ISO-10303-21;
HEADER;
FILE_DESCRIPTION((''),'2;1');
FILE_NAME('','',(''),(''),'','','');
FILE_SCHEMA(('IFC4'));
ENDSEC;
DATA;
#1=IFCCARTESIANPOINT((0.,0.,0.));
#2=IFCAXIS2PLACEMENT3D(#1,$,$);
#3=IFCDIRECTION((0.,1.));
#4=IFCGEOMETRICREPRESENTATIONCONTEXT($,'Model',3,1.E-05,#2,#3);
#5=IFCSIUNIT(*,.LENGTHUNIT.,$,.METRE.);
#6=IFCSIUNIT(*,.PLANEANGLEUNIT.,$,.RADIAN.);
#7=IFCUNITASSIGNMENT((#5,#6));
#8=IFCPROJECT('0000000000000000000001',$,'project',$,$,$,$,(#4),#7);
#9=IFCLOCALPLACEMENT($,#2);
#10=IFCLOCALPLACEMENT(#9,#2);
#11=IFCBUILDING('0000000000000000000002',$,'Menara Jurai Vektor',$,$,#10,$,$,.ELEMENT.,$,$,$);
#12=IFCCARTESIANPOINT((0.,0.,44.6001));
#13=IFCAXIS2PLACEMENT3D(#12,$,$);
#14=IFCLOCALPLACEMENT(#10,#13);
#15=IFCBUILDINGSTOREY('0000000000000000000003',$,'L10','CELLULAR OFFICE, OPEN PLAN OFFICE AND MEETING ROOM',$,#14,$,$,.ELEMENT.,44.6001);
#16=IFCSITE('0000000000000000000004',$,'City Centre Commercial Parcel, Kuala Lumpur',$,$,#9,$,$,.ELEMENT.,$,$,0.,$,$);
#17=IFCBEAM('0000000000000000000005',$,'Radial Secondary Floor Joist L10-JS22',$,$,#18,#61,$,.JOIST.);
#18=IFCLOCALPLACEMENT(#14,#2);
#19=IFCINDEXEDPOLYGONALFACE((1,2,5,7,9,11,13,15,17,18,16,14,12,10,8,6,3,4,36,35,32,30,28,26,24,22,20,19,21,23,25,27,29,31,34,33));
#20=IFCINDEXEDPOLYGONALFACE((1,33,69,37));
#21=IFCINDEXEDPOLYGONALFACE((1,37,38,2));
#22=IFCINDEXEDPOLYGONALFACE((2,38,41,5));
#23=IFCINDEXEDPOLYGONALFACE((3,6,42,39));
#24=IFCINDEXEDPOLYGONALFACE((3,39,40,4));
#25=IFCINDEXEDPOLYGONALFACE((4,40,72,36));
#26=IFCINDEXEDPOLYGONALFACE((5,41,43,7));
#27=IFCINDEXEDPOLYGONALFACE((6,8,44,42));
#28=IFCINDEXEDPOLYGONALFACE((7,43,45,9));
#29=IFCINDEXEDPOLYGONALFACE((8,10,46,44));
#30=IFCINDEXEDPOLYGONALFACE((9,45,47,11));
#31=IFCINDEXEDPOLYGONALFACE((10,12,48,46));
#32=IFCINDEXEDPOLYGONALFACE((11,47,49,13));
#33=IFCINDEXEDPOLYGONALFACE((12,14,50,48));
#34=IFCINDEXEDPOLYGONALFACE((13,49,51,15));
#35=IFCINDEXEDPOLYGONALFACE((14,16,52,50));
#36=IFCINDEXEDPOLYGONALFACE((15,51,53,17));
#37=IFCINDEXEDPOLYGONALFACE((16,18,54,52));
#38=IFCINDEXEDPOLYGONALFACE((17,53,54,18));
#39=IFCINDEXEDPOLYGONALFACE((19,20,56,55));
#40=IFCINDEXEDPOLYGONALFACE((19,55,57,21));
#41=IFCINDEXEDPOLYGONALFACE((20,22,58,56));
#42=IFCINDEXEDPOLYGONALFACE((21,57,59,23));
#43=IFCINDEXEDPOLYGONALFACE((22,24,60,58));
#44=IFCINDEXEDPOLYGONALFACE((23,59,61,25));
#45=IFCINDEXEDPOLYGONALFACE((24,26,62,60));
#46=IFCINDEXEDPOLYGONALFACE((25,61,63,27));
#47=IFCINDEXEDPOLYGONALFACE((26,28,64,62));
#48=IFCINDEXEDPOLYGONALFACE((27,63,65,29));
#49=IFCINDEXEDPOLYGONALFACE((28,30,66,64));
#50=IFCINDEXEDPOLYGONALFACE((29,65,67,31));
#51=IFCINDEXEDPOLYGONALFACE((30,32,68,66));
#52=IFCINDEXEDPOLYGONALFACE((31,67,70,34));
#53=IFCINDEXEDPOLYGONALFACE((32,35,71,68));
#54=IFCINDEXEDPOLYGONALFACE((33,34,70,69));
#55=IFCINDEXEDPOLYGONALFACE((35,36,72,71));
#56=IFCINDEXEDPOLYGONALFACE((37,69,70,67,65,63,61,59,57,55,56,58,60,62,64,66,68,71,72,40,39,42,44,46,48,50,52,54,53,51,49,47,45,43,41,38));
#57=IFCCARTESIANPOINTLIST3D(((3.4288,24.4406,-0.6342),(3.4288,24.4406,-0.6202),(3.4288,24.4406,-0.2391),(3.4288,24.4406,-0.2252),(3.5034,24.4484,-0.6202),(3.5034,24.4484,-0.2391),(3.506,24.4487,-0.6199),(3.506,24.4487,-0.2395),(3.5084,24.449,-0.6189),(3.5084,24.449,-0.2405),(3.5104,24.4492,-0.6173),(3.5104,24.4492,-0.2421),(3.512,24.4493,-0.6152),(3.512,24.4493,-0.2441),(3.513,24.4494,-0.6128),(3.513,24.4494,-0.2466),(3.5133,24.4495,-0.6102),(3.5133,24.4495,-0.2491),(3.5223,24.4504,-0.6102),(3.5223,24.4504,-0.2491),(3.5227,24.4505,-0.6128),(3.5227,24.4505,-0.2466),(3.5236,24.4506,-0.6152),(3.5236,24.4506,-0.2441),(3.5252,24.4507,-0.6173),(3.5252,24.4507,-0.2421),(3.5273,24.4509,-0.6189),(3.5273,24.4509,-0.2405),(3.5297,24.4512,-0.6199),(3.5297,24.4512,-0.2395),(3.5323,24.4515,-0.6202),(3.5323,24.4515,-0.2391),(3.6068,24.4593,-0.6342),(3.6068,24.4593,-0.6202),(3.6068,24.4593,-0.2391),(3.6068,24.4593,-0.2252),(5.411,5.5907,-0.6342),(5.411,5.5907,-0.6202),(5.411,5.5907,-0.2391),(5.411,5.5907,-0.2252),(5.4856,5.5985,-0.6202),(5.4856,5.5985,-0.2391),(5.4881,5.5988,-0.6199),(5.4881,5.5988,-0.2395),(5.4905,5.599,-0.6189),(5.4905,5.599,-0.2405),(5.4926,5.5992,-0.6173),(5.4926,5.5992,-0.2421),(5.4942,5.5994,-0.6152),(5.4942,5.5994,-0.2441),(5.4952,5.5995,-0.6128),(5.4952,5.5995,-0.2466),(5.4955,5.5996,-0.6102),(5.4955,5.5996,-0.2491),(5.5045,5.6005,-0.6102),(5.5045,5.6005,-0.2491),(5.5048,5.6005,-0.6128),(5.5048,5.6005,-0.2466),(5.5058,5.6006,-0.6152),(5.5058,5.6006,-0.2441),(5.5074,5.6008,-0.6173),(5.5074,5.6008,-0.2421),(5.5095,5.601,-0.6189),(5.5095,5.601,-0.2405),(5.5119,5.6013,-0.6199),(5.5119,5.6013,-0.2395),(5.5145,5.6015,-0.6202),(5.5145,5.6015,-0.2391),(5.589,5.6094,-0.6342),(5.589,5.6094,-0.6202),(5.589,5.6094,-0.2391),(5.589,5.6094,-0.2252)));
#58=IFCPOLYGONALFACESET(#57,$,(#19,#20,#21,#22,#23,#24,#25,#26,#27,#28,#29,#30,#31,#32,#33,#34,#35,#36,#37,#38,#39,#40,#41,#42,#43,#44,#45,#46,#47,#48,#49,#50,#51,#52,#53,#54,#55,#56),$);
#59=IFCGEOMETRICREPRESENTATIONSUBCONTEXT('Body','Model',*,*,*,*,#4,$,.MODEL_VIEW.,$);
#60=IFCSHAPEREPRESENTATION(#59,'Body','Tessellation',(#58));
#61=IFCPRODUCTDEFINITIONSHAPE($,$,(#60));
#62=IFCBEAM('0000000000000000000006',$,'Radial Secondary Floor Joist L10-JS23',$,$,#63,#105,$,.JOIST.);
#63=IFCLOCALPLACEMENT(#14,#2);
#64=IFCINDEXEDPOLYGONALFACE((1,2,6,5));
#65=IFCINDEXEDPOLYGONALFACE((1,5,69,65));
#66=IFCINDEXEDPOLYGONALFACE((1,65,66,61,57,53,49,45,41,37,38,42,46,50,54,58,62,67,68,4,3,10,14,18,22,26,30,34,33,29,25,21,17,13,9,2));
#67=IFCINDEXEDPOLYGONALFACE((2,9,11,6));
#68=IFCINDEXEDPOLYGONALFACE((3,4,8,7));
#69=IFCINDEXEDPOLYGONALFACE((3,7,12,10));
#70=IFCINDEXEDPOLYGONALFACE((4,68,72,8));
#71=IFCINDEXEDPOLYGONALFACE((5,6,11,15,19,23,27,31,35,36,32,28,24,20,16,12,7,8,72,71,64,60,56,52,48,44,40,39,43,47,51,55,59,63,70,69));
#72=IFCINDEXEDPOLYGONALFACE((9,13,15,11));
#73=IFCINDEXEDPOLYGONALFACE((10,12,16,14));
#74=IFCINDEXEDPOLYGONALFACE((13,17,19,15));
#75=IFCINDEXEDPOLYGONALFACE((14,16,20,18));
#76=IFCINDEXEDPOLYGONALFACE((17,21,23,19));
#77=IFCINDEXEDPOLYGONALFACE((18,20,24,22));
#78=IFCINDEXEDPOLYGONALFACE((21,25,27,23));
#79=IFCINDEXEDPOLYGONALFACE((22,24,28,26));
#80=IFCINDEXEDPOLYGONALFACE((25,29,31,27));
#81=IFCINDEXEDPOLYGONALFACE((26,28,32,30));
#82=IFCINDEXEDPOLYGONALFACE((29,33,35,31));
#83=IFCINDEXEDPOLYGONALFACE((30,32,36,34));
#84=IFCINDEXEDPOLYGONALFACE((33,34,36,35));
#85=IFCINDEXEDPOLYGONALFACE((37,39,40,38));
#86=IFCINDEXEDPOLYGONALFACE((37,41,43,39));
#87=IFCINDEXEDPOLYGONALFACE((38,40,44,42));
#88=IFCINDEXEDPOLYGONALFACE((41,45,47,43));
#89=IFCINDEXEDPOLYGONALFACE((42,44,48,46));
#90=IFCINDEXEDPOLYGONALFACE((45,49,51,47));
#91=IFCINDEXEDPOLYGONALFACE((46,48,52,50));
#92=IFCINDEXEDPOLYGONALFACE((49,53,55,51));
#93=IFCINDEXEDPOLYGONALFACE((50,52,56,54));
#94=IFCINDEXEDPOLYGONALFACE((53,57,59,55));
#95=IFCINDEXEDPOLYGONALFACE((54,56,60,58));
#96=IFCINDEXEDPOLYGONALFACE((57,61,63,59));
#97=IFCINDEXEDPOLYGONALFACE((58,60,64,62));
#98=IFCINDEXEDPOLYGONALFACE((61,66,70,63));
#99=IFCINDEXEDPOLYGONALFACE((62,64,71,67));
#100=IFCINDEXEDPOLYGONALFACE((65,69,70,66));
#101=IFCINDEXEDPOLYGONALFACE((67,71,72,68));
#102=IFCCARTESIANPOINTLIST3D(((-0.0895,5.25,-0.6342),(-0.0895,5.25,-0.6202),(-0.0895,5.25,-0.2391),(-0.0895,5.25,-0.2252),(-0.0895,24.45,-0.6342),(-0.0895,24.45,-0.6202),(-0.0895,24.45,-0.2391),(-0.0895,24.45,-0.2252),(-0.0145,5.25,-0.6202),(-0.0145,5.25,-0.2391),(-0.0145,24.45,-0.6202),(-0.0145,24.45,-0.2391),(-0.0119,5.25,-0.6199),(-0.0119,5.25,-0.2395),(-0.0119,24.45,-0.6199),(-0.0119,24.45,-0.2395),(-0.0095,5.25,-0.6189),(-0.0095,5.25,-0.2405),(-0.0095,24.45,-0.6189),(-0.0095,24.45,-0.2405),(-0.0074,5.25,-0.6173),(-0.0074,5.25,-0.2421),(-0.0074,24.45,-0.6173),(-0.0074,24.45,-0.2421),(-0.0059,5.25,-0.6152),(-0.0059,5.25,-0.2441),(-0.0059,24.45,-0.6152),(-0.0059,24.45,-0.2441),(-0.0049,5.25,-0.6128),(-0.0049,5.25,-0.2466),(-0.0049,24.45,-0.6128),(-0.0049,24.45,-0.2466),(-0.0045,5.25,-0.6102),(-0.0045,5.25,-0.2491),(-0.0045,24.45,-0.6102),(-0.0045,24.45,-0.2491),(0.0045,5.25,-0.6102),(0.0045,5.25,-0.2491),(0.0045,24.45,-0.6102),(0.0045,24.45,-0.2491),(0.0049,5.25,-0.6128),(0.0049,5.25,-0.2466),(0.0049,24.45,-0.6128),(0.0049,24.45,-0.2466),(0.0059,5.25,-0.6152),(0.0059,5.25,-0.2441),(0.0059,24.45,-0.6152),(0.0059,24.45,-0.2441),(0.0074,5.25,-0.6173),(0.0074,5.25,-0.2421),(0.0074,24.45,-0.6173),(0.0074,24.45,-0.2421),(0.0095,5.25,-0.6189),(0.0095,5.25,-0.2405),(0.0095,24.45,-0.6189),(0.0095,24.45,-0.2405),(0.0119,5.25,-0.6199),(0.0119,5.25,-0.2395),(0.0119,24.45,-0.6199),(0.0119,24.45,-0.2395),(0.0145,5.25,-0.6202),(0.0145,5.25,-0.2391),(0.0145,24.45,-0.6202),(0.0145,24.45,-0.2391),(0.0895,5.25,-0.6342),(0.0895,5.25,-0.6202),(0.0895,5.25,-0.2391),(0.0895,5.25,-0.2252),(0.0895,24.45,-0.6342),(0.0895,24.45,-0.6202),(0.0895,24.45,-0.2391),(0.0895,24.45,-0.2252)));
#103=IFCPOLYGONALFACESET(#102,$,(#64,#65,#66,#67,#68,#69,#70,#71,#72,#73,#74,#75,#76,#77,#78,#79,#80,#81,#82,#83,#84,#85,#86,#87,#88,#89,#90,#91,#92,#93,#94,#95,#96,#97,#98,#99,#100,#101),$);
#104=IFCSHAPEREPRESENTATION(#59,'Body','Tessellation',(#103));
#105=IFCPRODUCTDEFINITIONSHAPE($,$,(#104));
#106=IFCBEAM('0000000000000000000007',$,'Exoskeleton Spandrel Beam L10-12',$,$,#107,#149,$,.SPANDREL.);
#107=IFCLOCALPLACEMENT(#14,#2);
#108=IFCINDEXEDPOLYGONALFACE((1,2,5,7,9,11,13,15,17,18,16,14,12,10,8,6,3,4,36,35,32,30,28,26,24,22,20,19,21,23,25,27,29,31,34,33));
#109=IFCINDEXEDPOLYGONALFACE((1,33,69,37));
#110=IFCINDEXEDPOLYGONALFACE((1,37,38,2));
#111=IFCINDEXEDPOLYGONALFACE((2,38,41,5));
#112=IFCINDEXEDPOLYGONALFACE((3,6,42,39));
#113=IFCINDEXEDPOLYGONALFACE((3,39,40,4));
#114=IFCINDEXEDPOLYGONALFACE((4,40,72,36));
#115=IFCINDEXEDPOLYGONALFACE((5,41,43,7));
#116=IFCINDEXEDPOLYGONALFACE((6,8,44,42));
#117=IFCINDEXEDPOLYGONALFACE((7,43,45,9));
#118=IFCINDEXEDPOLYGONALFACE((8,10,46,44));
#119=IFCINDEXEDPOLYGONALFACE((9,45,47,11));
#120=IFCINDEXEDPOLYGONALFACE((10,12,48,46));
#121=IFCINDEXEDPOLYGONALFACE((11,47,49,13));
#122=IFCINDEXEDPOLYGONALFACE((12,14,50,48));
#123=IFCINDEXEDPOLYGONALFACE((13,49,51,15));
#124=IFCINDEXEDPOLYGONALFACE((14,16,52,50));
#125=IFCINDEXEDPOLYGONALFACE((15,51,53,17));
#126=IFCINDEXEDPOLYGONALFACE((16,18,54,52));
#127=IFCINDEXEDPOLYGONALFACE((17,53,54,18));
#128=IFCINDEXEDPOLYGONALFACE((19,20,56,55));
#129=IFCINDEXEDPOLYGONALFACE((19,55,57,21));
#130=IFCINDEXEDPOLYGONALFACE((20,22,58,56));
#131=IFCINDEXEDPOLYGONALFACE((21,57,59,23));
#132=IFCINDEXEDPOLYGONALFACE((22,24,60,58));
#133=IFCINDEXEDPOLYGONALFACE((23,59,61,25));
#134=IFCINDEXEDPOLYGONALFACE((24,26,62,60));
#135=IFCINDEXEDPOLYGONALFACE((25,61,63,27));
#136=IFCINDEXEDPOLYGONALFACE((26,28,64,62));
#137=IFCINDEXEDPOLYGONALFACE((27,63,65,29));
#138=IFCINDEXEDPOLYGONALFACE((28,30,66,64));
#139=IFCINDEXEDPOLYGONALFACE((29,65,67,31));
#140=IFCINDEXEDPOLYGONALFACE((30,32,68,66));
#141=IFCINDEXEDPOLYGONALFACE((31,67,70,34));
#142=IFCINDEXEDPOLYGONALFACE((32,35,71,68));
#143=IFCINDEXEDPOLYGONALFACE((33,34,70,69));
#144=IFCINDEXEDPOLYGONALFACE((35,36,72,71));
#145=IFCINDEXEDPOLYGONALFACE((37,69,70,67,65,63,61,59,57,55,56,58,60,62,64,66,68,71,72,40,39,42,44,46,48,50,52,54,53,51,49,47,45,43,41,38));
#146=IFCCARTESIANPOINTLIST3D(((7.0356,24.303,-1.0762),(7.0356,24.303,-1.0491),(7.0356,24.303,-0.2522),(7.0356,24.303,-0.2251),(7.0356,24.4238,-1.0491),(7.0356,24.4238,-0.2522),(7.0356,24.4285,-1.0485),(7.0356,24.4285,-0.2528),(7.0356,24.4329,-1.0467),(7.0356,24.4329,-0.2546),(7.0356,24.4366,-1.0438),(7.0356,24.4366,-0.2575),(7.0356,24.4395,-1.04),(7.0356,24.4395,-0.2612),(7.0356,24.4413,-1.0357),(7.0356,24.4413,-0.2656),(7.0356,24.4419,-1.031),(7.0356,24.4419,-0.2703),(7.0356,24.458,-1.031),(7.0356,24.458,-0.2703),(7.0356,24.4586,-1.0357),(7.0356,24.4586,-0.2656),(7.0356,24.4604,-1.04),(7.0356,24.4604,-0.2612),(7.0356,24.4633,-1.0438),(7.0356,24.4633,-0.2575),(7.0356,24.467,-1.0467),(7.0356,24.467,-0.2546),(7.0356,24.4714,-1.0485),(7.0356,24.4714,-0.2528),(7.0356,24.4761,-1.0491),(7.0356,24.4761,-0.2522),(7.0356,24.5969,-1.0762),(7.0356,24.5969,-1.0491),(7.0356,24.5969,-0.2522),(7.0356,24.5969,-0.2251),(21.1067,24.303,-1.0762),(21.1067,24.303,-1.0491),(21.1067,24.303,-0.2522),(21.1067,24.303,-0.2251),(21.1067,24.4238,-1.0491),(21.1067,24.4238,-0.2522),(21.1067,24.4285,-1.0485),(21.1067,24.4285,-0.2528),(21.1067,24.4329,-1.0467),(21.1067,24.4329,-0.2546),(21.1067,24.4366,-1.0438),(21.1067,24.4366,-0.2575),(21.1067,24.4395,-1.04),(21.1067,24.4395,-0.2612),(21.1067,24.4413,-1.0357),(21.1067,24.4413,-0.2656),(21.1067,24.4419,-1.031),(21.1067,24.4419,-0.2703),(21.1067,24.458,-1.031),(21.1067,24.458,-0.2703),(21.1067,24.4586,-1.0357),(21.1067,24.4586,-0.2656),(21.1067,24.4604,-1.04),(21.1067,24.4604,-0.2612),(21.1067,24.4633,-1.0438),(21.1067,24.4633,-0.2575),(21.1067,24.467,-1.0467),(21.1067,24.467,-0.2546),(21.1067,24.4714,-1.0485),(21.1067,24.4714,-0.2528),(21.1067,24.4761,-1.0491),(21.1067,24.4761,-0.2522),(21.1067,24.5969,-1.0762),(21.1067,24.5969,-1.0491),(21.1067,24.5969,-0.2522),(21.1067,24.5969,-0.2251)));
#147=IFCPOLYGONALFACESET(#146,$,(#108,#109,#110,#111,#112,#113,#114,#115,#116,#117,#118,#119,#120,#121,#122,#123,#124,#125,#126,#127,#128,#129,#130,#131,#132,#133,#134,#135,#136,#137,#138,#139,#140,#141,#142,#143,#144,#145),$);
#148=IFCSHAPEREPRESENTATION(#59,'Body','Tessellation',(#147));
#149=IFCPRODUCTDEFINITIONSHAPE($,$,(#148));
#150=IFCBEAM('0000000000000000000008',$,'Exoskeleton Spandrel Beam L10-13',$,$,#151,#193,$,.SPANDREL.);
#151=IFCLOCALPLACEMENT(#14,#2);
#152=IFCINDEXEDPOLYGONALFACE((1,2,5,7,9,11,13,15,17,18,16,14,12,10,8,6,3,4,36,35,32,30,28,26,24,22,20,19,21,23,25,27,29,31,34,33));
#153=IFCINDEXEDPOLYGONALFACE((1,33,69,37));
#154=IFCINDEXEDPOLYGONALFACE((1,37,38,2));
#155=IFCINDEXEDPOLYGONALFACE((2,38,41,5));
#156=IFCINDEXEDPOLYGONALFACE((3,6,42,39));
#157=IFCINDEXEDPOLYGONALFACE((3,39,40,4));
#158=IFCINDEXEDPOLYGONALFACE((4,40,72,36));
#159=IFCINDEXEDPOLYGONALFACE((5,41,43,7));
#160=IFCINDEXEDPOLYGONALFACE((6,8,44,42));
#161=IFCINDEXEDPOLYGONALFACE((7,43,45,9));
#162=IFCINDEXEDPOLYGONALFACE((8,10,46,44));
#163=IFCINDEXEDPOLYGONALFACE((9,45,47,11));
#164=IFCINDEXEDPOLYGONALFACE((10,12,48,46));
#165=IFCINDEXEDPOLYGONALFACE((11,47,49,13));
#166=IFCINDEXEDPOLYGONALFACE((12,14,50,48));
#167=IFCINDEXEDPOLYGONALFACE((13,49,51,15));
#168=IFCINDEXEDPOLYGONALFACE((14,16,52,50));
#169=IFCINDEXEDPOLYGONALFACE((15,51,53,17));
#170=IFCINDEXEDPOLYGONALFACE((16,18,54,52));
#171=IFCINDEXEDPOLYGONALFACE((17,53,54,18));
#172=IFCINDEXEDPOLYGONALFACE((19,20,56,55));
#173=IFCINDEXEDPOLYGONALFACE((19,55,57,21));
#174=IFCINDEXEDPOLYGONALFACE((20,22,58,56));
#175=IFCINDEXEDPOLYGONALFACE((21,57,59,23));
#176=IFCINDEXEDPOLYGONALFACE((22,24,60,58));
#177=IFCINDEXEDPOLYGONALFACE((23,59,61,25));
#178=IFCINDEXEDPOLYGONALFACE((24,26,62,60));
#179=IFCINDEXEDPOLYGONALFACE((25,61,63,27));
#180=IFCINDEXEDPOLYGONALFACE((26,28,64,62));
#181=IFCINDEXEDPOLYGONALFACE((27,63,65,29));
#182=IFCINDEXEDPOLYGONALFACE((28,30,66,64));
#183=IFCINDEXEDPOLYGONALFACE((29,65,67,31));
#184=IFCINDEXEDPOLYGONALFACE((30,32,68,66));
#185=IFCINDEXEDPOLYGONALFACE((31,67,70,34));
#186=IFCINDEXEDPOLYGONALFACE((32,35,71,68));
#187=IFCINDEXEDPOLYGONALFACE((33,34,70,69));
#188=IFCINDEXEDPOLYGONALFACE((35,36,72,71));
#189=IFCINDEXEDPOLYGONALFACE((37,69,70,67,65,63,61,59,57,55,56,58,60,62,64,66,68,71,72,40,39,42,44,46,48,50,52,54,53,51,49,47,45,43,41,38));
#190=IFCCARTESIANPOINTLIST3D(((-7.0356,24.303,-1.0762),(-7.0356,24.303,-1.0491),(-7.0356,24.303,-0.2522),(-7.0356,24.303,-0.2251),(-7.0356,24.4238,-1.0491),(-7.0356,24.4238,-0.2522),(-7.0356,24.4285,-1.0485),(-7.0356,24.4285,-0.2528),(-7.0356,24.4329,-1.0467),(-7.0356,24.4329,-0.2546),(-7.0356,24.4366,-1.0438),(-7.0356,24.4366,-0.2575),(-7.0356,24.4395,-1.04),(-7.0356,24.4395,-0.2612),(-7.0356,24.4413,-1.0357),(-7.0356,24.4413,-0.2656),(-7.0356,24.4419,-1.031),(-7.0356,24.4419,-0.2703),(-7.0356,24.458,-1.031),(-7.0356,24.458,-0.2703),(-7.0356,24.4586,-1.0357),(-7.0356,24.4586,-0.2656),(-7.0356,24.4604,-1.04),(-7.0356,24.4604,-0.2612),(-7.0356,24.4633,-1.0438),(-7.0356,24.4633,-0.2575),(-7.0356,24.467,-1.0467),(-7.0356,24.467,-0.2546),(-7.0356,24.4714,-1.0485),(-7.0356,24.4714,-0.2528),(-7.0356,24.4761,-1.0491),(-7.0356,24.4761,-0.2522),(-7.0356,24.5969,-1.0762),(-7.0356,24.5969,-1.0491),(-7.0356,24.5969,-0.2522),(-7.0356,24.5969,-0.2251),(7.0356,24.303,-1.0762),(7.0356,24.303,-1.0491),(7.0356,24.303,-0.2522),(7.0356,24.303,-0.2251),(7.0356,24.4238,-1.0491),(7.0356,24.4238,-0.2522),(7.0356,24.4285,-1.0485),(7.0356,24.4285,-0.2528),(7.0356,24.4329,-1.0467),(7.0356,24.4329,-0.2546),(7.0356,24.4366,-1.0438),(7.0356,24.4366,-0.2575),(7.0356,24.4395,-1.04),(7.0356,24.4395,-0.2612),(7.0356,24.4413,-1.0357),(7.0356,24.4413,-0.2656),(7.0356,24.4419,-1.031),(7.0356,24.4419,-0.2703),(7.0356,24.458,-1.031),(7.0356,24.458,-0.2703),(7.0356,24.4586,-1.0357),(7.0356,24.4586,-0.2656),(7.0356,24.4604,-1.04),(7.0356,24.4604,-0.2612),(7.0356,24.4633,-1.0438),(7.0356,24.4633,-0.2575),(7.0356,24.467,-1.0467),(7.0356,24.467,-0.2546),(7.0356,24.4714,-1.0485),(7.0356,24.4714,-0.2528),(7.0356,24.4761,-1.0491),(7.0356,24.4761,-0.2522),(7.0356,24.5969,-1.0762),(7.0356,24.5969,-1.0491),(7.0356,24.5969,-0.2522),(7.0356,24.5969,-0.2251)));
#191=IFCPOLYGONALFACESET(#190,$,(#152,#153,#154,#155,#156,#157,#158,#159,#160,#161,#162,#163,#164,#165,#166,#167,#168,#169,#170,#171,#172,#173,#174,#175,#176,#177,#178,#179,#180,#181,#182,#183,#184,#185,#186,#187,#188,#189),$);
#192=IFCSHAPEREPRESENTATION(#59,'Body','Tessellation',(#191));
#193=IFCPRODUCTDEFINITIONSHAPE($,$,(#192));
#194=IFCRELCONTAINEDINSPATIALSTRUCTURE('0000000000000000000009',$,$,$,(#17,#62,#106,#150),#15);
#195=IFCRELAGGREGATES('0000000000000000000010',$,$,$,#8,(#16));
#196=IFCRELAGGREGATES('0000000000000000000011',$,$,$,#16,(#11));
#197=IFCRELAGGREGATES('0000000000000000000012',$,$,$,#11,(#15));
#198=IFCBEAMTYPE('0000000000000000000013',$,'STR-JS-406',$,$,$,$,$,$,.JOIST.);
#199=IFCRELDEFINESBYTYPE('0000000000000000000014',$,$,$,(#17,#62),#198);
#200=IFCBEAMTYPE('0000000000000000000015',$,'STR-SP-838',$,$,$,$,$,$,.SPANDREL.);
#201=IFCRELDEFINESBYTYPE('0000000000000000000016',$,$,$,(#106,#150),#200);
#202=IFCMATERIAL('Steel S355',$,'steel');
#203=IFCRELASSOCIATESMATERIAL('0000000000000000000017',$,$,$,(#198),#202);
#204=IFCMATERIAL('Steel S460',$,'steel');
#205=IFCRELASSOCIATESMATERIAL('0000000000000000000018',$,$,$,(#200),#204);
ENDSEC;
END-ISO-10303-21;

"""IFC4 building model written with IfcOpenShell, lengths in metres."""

from ifc_helpers import new_model, si_unit, direction, frame, origin, origin_2d, place, context, subcontext, project, spatial, i_section, extrude, material, material_profile, profile_set, type_object, element, save


model = new_model("IFC4")

# Units and contexts
model_context = context("Model", 3, precision=1e-05, world=origin(), true_north=direction((0.0, 1.0)))
body_context = subcontext(model_context, "Body", "Model", "MODEL_VIEW")
ifc_project = project(units=[si_unit("LENGTHUNIT", "METRE"), si_unit("PLANEANGLEUNIT", "RADIAN")], contexts=[model_context])

# Site, building, storey
site_placement = place(None, origin())
site = spatial("IfcSite", under=ifc_project, at=site_placement, Name="City Centre Commercial Parcel, Kuala Lumpur", CompositionType="ELEMENT", RefElevation=0.0)
building_placement = place(site_placement, origin())
building = spatial("IfcBuilding", under=site, at=building_placement, Name="Menara Jurai Vektor", CompositionType="ELEMENT")
storey_placement = place(building_placement, frame((0.0, 0.0, 44.6001)))
storey = spatial("IfcBuildingStorey", under=building, at=storey_placement, Name="L10", Description="CELLULAR OFFICE, OPEN PLAN OFFICE AND MEETING ROOM", CompositionType="ELEMENT", Elevation=44.6001)

# Shared definitions
ifc_material_1 = material(Name="Steel S460", Category="steel")

# Beams
ifc_material_2 = material(Name="Steel S355", Category="steel")
ifc_material_profile_1 = material_profile(ifc_material_2, i_section(OverallWidth=0.179, OverallDepth=0.4089, WebThickness=0.009, FlangeThickness=0.0139, FilletRadius=0.01, at=origin_2d()), Name="UKB 406x178x67")
ifc_profile_set_1 = profile_set([ifc_material_profile_1], Name="Steel S355")
beam_type_1 = type_object("IfcBeamType", Name="STR-JS-406", PredefinedType="JOIST", material=ifc_profile_set_1)
beam_1_placement = place(storey_placement, frame((3.5178, 24.45, -0.4297), z_axis=(0.10458, -0.994517, 0.0), x_axis=(0.994517, 0.10458, 0.0)))
element("IfcBeam", 1, at=beam_1_placement, inside=storey, type_object=beam_type_1, Name="Radial Secondary Floor Joist L10-JS22", PredefinedType="JOIST", context=body_context, shape_type="SweptSolid", body=[
    extrude(i_section(OverallWidth=0.179, OverallDepth=0.4089, WebThickness=0.009, FlangeThickness=0.0139, FilletRadius=0.01, at=origin_2d()), origin(), (0.0, 0.0, 1.0), 18.9539),
])
beam_2_placement = place(storey_placement, frame((0.0, 24.45, -0.4297), z_axis=(0.0, -1.0, 0.0), x_axis=(1.0, 0.0, 0.0)))
element("IfcBeam", 2, at=beam_2_placement, inside=storey, type_object=beam_type_1, Name="Radial Secondary Floor Joist L10-JS23", PredefinedType="JOIST", context=body_context, shape_type="SweptSolid", body=[
    extrude(i_section(OverallWidth=0.179, OverallDepth=0.4089, WebThickness=0.009, FlangeThickness=0.0139, FilletRadius=0.01, at=origin_2d()), origin(), (0.0, 0.0, 1.0), 19.2),
])
ifc_material_profile_2 = material_profile(ifc_material_1, i_section(OverallWidth=0.2939, OverallDepth=0.8511, WebThickness=0.0161, FlangeThickness=0.0271, FilletRadius=0.0181, at=origin_2d()), Name="UKB 838x292x226")
ifc_profile_set_2 = profile_set([ifc_material_profile_2], Name="Steel S460")
beam_type_2 = type_object("IfcBeamType", Name="STR-SP-838", PredefinedType="SPANDREL", material=ifc_profile_set_2)
beam_3_placement = place(storey_placement, frame((21.1067, 24.45, -0.6506), z_axis=(-1.0, 0.0, 0.0), x_axis=(0.0, -1.0, 0.0)))
element("IfcBeam", 3, at=beam_3_placement, inside=storey, type_object=beam_type_2, Name="Exoskeleton Spandrel Beam L10-12", PredefinedType="SPANDREL", context=body_context, shape_type="SweptSolid", body=[
    extrude(i_section(OverallWidth=0.2939, OverallDepth=0.8511, WebThickness=0.0161, FlangeThickness=0.0271, FilletRadius=0.0181, at=origin_2d()), origin(), (0.0, 0.0, 1.0), 14.071),
])
beam_4_placement = place(storey_placement, frame((7.0356, 24.45, -0.6506), z_axis=(-1.0, 0.0, 0.0), x_axis=(0.0, -1.0, 0.0)))
element("IfcBeam", 4, at=beam_4_placement, inside=storey, type_object=beam_type_2, Name="Exoskeleton Spandrel Beam L10-13", PredefinedType="SPANDREL", context=body_context, shape_type="SweptSolid", body=[
    extrude(i_section(OverallWidth=0.2939, OverallDepth=0.8511, WebThickness=0.0161, FlangeThickness=0.0271, FilletRadius=0.0181, at=origin_2d()), origin(), (0.0, 0.0, 1.0), 14.0713),
])

save(model, "model.ifc")
